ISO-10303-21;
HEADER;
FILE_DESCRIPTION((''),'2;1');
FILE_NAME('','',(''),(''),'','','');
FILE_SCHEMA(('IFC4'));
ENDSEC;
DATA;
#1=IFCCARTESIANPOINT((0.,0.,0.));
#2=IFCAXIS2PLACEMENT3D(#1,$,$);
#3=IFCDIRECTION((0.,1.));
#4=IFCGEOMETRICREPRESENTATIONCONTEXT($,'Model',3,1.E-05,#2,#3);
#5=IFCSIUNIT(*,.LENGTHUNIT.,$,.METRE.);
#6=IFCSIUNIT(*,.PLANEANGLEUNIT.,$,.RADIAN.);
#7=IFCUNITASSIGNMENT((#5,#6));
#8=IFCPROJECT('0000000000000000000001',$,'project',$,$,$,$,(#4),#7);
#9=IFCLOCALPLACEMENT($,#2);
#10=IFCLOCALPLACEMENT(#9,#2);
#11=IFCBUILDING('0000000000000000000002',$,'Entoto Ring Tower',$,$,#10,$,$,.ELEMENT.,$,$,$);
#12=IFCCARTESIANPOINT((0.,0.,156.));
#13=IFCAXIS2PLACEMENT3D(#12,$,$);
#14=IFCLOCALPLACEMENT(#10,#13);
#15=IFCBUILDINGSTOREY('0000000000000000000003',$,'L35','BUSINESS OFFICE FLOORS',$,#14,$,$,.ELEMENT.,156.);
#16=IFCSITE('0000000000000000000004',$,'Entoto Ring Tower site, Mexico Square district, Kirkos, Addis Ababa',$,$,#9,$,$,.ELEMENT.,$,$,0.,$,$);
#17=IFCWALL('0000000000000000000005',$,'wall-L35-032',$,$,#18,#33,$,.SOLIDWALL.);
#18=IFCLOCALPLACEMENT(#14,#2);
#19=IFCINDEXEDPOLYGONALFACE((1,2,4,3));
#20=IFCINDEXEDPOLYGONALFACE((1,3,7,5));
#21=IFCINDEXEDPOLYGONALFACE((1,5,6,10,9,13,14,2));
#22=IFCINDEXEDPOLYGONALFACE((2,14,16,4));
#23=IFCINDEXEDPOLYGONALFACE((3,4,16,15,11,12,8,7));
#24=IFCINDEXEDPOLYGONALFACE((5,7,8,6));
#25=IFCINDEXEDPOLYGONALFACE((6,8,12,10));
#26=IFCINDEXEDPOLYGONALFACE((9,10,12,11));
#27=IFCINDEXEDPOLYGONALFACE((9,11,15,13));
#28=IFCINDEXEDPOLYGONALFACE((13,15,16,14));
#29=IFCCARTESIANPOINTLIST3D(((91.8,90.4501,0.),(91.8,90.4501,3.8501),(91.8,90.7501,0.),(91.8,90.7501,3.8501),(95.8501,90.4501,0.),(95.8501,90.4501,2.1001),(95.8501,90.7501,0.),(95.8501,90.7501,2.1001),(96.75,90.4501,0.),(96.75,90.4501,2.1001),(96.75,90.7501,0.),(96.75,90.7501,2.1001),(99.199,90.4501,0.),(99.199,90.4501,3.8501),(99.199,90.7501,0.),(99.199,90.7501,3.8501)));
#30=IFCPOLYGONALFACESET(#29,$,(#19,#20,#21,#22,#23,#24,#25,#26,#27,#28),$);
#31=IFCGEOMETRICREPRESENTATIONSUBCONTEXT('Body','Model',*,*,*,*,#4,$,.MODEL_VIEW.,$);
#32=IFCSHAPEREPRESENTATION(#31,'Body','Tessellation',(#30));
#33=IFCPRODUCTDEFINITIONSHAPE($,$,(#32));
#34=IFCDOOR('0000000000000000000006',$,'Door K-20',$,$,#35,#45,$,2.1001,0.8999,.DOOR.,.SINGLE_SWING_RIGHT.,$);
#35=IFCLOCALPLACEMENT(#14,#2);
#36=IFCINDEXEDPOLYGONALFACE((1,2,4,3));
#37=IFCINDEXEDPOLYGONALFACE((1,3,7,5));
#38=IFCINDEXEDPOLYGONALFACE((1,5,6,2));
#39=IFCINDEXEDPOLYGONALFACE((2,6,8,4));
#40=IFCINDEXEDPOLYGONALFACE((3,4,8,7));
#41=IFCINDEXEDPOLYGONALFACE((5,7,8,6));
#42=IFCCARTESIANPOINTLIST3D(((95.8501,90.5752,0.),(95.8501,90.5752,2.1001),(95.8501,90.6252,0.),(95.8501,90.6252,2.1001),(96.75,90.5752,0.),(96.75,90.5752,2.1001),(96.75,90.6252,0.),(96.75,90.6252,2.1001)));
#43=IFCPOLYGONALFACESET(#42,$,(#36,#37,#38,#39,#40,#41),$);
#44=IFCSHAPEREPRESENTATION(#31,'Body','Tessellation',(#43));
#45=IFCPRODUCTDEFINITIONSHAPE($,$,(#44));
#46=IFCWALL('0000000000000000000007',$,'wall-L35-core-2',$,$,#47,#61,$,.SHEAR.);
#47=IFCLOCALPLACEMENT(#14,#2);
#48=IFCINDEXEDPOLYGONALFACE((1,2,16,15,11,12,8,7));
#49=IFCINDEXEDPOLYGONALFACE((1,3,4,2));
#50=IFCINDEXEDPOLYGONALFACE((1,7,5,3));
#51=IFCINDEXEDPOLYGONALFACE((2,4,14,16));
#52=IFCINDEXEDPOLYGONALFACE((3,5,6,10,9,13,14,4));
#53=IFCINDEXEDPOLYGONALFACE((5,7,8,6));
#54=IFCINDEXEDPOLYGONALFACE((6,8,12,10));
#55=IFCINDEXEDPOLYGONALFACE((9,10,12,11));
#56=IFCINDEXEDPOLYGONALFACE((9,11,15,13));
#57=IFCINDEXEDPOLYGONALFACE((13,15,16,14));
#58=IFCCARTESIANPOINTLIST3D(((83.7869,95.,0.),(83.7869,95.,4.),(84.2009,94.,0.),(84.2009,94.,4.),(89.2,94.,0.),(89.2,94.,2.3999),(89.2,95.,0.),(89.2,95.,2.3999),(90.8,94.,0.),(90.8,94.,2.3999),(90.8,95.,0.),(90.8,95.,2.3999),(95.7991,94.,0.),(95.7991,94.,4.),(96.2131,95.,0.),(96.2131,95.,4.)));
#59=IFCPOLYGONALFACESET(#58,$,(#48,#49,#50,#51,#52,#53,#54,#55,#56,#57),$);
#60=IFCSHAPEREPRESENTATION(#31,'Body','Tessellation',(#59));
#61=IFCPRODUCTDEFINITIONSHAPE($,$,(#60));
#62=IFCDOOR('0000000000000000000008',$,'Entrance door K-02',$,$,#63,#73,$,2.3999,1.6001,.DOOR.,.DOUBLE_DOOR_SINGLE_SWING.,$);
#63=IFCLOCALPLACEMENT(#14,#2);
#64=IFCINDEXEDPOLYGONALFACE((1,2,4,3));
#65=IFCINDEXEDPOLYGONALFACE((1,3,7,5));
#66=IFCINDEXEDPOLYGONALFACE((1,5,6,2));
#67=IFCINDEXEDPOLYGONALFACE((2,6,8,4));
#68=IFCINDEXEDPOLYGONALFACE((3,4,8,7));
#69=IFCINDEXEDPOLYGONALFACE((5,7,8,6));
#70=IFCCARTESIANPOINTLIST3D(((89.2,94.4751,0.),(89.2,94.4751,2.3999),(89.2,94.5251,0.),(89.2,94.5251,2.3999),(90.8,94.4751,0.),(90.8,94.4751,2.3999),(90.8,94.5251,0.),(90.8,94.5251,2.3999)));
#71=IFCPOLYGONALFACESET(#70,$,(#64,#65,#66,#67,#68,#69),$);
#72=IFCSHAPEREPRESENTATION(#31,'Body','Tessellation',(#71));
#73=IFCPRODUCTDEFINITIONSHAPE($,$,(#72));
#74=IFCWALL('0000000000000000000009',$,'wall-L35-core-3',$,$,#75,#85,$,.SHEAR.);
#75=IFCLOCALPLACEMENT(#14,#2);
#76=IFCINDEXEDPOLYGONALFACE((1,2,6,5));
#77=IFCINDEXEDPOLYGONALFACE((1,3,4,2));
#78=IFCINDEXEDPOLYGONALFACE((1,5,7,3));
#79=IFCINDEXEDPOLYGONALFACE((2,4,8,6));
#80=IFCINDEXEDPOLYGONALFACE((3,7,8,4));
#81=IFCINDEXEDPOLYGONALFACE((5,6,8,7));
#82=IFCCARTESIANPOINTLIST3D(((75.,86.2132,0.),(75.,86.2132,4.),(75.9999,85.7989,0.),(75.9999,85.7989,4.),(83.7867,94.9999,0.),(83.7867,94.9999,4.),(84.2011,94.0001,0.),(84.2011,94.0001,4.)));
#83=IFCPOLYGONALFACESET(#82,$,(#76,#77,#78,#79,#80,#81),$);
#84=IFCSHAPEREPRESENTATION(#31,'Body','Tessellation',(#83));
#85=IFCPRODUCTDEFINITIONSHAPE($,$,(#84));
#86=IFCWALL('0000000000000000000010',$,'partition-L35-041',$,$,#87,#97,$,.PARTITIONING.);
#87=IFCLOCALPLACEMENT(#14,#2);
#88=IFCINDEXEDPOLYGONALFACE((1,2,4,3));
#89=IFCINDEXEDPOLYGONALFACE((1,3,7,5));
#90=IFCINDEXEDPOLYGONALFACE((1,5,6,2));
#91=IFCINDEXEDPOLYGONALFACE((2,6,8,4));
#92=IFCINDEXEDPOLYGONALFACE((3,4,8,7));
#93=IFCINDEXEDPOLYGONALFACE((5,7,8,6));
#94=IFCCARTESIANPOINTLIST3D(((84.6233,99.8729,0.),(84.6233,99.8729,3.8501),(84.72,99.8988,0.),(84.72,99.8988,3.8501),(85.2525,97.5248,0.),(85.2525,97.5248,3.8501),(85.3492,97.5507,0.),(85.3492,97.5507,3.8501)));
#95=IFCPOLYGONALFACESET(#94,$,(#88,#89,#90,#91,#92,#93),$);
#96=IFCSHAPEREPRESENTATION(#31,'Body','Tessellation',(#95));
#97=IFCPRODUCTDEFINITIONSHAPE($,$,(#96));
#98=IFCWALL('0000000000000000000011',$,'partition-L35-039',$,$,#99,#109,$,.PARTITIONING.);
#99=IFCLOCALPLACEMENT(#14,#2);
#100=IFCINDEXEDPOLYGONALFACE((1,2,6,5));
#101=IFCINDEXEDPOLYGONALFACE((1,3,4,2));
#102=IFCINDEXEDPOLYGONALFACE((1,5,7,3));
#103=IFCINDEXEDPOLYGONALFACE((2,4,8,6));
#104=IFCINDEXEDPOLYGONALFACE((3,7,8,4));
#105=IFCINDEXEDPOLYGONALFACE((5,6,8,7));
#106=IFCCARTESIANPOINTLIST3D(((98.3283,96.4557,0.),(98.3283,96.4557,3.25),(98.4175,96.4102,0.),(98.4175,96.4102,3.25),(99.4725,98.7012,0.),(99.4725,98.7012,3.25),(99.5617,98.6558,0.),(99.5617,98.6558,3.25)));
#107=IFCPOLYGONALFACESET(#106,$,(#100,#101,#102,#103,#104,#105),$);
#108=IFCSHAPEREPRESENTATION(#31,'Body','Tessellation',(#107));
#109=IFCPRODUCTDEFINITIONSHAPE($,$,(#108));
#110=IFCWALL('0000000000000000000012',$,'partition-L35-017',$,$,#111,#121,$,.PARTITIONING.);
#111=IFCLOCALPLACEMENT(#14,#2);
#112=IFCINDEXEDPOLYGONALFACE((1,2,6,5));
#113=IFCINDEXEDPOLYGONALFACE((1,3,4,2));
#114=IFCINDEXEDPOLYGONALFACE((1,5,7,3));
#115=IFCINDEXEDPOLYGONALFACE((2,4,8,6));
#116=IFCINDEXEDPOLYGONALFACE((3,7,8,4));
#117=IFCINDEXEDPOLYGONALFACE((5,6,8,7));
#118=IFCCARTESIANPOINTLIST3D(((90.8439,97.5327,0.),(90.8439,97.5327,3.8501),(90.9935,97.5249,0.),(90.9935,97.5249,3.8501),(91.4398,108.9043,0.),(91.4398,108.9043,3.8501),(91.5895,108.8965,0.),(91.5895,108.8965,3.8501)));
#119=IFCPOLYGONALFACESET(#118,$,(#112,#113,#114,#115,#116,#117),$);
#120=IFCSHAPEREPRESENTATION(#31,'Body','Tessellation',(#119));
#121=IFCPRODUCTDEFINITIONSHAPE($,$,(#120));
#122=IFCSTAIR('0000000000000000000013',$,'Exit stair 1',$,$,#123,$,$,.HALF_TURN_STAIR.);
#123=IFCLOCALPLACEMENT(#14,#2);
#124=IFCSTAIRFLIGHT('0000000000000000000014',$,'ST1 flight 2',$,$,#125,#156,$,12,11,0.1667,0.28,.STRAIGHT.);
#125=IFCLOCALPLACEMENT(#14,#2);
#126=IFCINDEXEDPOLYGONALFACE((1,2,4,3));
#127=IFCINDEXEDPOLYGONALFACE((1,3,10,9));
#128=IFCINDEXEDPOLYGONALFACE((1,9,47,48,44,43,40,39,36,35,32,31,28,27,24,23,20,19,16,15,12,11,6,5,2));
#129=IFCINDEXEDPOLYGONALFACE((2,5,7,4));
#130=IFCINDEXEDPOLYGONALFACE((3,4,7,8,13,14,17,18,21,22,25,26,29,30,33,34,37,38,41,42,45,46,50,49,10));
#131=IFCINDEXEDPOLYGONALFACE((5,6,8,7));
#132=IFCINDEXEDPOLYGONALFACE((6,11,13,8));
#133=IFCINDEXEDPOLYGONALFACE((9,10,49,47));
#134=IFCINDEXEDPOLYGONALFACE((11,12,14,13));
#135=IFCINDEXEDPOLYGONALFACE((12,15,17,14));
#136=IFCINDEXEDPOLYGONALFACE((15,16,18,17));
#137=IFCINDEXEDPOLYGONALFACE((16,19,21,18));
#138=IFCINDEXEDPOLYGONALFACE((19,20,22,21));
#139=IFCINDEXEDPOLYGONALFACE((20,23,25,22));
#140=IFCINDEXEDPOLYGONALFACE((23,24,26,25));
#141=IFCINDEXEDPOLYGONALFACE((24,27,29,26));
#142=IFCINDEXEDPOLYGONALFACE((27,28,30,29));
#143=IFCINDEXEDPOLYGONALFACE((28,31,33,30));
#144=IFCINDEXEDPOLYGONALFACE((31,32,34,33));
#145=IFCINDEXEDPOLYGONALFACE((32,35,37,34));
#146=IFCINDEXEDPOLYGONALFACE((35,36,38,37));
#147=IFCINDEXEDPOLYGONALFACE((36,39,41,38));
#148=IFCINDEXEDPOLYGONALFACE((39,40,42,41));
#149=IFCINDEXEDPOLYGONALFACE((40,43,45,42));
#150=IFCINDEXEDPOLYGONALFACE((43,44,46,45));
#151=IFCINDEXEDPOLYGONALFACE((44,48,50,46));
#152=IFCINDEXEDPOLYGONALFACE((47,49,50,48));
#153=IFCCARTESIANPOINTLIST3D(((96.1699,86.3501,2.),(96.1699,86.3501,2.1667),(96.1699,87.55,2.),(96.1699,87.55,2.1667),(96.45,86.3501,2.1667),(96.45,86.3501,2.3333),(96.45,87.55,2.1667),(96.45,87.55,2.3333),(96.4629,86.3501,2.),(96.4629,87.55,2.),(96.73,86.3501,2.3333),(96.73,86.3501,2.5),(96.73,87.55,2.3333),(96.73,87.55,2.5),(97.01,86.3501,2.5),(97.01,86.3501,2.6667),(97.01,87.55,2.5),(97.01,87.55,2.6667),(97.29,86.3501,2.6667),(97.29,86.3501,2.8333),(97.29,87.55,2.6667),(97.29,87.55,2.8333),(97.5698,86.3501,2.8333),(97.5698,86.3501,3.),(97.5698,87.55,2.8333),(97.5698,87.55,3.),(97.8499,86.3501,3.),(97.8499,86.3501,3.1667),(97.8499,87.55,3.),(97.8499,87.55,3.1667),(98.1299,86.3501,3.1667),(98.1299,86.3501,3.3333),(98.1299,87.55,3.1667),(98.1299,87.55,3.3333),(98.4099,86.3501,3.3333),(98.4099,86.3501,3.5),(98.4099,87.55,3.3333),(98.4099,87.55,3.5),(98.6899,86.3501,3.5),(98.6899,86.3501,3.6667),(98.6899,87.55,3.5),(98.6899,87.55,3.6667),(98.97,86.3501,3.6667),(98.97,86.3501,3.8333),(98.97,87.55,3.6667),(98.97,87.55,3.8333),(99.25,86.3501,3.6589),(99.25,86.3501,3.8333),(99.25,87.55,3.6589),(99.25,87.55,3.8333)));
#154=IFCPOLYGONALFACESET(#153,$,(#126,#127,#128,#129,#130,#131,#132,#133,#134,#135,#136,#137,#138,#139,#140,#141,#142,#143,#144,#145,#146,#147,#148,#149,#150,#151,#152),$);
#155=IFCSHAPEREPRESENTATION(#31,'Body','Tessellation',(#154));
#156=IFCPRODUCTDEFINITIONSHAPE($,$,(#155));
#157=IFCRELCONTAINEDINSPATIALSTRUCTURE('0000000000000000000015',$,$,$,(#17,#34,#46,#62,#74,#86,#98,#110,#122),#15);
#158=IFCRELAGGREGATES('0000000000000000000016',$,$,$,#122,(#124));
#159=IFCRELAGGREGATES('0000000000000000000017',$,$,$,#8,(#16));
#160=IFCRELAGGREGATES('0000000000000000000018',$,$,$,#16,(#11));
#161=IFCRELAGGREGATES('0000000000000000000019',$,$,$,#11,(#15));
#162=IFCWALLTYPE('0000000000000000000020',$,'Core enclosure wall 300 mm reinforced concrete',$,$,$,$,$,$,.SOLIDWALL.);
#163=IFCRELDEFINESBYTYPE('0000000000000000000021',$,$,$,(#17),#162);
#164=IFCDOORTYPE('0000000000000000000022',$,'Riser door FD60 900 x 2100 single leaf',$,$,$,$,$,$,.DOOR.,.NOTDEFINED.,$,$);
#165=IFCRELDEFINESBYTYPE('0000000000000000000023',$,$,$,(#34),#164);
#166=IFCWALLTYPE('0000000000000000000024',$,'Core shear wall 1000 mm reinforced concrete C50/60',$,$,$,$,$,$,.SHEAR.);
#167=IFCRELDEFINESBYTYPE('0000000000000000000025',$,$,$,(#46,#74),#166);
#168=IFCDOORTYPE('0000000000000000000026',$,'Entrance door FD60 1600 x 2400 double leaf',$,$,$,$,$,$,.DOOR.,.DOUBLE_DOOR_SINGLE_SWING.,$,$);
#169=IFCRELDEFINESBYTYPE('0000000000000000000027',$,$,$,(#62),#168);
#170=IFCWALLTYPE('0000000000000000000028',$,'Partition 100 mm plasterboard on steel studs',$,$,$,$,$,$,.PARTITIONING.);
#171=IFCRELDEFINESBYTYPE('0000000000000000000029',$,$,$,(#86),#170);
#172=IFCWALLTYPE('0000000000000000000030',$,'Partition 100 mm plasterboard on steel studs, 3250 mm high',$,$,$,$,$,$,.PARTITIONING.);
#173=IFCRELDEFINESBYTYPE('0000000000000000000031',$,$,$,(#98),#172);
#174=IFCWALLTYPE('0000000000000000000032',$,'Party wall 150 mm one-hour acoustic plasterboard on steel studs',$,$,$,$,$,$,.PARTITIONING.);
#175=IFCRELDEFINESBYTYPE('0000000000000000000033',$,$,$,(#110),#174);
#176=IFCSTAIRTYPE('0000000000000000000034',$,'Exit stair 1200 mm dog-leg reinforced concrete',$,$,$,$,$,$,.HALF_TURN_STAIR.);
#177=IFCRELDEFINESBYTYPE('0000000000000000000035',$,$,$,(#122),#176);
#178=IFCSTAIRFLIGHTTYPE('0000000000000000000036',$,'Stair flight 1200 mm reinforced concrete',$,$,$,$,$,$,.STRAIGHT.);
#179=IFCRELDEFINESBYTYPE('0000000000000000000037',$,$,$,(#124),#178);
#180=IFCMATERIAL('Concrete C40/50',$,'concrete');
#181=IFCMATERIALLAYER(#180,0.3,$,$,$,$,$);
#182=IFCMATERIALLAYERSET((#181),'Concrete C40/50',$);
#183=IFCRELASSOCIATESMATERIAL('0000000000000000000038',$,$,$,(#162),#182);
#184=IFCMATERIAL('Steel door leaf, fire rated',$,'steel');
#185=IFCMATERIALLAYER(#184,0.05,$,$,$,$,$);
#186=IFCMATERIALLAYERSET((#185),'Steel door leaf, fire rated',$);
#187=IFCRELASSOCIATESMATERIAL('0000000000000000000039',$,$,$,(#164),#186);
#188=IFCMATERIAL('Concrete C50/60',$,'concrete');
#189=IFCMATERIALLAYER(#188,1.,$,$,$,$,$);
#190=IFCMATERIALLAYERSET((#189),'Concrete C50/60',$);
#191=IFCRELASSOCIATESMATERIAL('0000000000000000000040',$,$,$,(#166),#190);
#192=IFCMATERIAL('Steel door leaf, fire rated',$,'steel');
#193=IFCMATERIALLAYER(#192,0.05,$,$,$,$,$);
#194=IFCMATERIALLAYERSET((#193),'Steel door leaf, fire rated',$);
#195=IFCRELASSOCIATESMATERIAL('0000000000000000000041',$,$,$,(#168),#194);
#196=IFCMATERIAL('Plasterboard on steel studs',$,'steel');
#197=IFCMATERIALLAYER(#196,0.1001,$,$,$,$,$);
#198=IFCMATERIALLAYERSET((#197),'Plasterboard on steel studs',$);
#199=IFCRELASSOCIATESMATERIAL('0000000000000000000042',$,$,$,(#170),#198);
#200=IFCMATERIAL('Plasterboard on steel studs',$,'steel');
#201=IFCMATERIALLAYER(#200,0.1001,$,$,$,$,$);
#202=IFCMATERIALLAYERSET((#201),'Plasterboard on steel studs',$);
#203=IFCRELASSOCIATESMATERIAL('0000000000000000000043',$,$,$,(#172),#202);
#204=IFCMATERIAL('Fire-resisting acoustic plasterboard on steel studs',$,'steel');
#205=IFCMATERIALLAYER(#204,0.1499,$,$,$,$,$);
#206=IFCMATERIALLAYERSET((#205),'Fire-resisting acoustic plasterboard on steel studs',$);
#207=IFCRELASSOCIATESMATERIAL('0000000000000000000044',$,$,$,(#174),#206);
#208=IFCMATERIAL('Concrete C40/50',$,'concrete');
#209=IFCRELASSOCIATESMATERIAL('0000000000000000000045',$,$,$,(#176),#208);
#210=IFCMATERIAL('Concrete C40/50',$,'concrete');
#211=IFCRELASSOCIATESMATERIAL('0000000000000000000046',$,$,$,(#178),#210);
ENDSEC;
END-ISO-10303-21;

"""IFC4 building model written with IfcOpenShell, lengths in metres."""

from ifc_helpers import new_model, si_unit, direction, frame, frame_2d, origin, place, context, subcontext, project, spatial, polyline, rectangle, outline, extrude, material, layer, layer_set, type_object, element, fill, aggregate, save


model = new_model("IFC4")

# Units and contexts
model_context = context("Model", 3, precision=1e-05, world=origin(), true_north=direction((0.0, 1.0)))
body_context = subcontext(model_context, "Body", "Model", "MODEL_VIEW")
ifc_project = project(units=[si_unit("LENGTHUNIT", "METRE"), si_unit("PLANEANGLEUNIT", "RADIAN")], contexts=[model_context])

# Site, building, storey
site_placement = place(None, origin())
site = spatial("IfcSite", under=ifc_project, at=site_placement, Name="Entoto Ring Tower site, Mexico Square district, Kirkos, Addis Ababa", CompositionType="ELEMENT", RefElevation=0.0)
building_placement = place(site_placement, origin())
building = spatial("IfcBuilding", under=site, at=building_placement, Name="Entoto Ring Tower", CompositionType="ELEMENT")
storey_placement = place(building_placement, frame((0.0, 0.0, 156.0)))
storey = spatial("IfcBuildingStorey", under=building, at=storey_placement, Name="L35", Description="BUSINESS OFFICE FLOORS", CompositionType="ELEMENT", Elevation=156.0)

# Shared definitions
ifc_material_1 = material(Name="Concrete C40/50", Category="concrete")
ifc_layer_1 = layer(ifc_material_1, 0.3)
ifc_layer_set_1 = layer_set([ifc_layer_1], Name="Concrete C40/50")
wall_type_1 = type_object("IfcWallType", Name="Core enclosure wall 300 mm reinforced concrete", PredefinedType="SOLIDWALL", material=ifc_layer_set_1)

# Walls, openings, doors
wall_1_placement = place(storey_placement, frame((91.8, 90.6001, 0.0), z_axis=(0.0, 0.0, 1.0), x_axis=(1.0, 0.0, 0.0)))
wall_1 = element("IfcWall", 1, at=wall_1_placement, inside=storey, type_object=wall_type_1, Name="wall-L35-032", PredefinedType="SOLIDWALL", context=body_context, shape_type="SweptSolid", body=[
    extrude(rectangle(XDim=7.3989, YDim=0.3, at=frame_2d((3.6995, 0.0))), origin(), (0.0, 0.0, 1.0), 3.8501),
])
opening_1_placement = place(wall_1_placement, frame((4.05, 0.0, 0.0)))
opening_1 = element("IfcOpeningElement", 2, at=opening_1_placement, cuts=wall_1, PredefinedType="OPENING", context=body_context, shape_type="SweptSolid", body=[
    extrude(rectangle(XDim=0.8999, YDim=2.1001, at=frame_2d((0.45, 1.05))), frame((0.0, 0.1602, 0.0), z_axis=(0.0, -1.0, 0.0), x_axis=(1.0, 0.0, 0.0)), (0.0, 0.0, 1.0), 0.3201),
])
ifc_material_2 = material(Name="Steel door leaf, fire rated", Category="steel")
ifc_layer_2 = layer(ifc_material_2, 0.05)
ifc_layer_set_2 = layer_set([ifc_layer_2], Name="Steel door leaf, fire rated")
door_type_1 = type_object("IfcDoorType", Name="Riser door FD60 900 x 2100 single leaf", OperationType="NOTDEFINED", PredefinedType="DOOR", material=ifc_layer_set_2)
door_1_placement = place(opening_1_placement, frame((0.8999, 0.0, 0.0), z_axis=(0.0, 0.0, 1.0), x_axis=(-1.0, 0.0, 0.0)))
door_1 = element("IfcDoor", 3, at=door_1_placement, inside=storey, type_object=door_type_1, Name="Door K-20", OperationType="SINGLE_SWING_RIGHT", OverallHeight=2.1001, OverallWidth=0.8999, PredefinedType="DOOR", context=body_context, shape_type="SweptSolid", body=[
    extrude(rectangle(XDim=0.8999, YDim=2.1001, at=frame_2d((0.45, 1.05))), frame((0.0, 0.0249, 0.0), z_axis=(0.0, -1.0, 0.0), x_axis=(1.0, 0.0, 0.0)), (0.0, 0.0, 1.0), 0.05),
])
fill(opening_1, door_1)
ifc_material_3 = material(Name="Concrete C50/60", Category="concrete")
ifc_layer_3 = layer(ifc_material_3, 1.0)
ifc_layer_set_3 = layer_set([ifc_layer_3], Name="Concrete C50/60")
wall_type_2 = type_object("IfcWallType", Name="Core shear wall 1000 mm reinforced concrete C50/60", PredefinedType="SHEAR", material=ifc_layer_set_3)
wall_2_placement = place(storey_placement, frame((96.0061, 94.5, 0.0), z_axis=(0.0, 0.0, 1.0), x_axis=(-1.0, 0.0, 0.0)))
wall_2 = element("IfcWall", 4, at=wall_2_placement, inside=storey, type_object=wall_type_2, Name="wall-L35-core-2", PredefinedType="SHEAR", context=body_context, shape_type="SweptSolid", body=[
    extrude(outline(polyline([(-0.207, -0.5), (12.2192, -0.5), (11.8052, 0.5), (0.207, 0.5), (-0.207, -0.5)])), origin(), (0.0, 0.0, 1.0), 4.0),
])
opening_2_placement = place(wall_2_placement, frame((5.2061, 0.0, 0.0)))
opening_2 = element("IfcOpeningElement", 5, at=opening_2_placement, cuts=wall_2, PredefinedType="OPENING", context=body_context, shape_type="SweptSolid", body=[
    extrude(rectangle(XDim=1.6001, YDim=2.3999, at=frame_2d((0.8, 1.2))), frame((0.0, 0.51, 0.0), z_axis=(0.0, -1.0, 0.0), x_axis=(1.0, 0.0, 0.0)), (0.0, 0.0, 1.0), 1.02),
])
ifc_material_4 = material(Name="Steel door leaf, fire rated", Category="steel")
ifc_layer_4 = layer(ifc_material_4, 0.05)
ifc_layer_set_4 = layer_set([ifc_layer_4], Name="Steel door leaf, fire rated")
door_type_2 = type_object("IfcDoorType", Name="Entrance door FD60 1600 x 2400 double leaf", OperationType="DOUBLE_DOOR_SINGLE_SWING", PredefinedType="DOOR", material=ifc_layer_set_4)
door_2_placement = place(opening_2_placement, origin())
door_2 = element("IfcDoor", 6, at=door_2_placement, inside=storey, type_object=door_type_2, Name="Entrance door K-02", OperationType="DOUBLE_DOOR_SINGLE_SWING", OverallHeight=2.3999, OverallWidth=1.6001, PredefinedType="DOOR", context=body_context, shape_type="SweptSolid", body=[
    extrude(rectangle(XDim=1.6001, YDim=2.3999, at=frame_2d((0.8, 1.2))), frame((0.0, 0.0249, 0.0), z_axis=(0.0, -1.0, 0.0), x_axis=(1.0, 0.0, 0.0)), (0.0, 0.0, 1.0), 0.05),
])
fill(opening_2, door_2)

# Walls
wall_3_placement = place(storey_placement, frame((83.9939, 94.5, 0.0), z_axis=(0.0, 0.0, 1.0), x_axis=(-0.707107, -0.707107, 0.0)))
element("IfcWall", 7, at=wall_3_placement, inside=storey, type_object=wall_type_2, Name="wall-L35-core-3", PredefinedType="SHEAR", context=body_context, shape_type="SweptSolid", body=[
    extrude(outline(polyline([(-0.207, -0.5), (12.2192, -0.5), (11.8052, 0.5), (0.207, 0.5), (-0.207, -0.5)])), origin(), (0.0, 0.0, 1.0), 4.0),
])
ifc_material_5 = material(Name="Plasterboard on steel studs", Category="steel")
ifc_layer_5 = layer(ifc_material_5, 0.1001)
ifc_layer_set_5 = layer_set([ifc_layer_5], Name="Plasterboard on steel studs")
wall_type_3 = type_object("IfcWallType", Name="Partition 100 mm plasterboard on steel studs", PredefinedType="PARTITIONING", material=ifc_layer_set_5)
wall_4_placement = place(storey_placement, frame((85.3008, 97.5378, 0.0), z_axis=(0.0, 0.0, 1.0), x_axis=(-0.258806, 0.965929, 0.0)))
element("IfcWall", 8, at=wall_4_placement, inside=storey, type_object=wall_type_3, Name="partition-L35-041", PredefinedType="PARTITIONING", context=body_context, shape_type="SweptSolid", body=[
    extrude(rectangle(XDim=2.4309, YDim=0.1001, at=frame_2d((1.2153, 0.0))), origin(), (0.0, 0.0, 1.0), 3.8501),
])
ifc_material_6 = material(Name="Plasterboard on steel studs", Category="steel")
ifc_layer_6 = layer(ifc_material_6, 0.1001)
ifc_layer_set_6 = layer_set([ifc_layer_6], Name="Plasterboard on steel studs")
wall_type_4 = type_object("IfcWallType", Name="Partition 100 mm plasterboard on steel studs, 3250 mm high", PredefinedType="PARTITIONING", material=ifc_layer_set_6)
wall_5_placement = place(storey_placement, frame((98.3728, 96.4329, 0.0), z_axis=(0.0, 0.0, 1.0), x_axis=(0.45402, 0.890991, 0.0)))
element("IfcWall", 9, at=wall_5_placement, inside=storey, type_object=wall_type_4, Name="partition-L35-039", PredefinedType="PARTITIONING", context=body_context, shape_type="SweptSolid", body=[
    extrude(rectangle(XDim=2.5203, YDim=0.1001, at=frame_2d((1.2603, 0.0))), origin(), (0.0, 0.0, 1.0), 3.25),
])
ifc_material_7 = material(Name="Fire-resisting acoustic plasterboard on steel studs", Category="steel")
ifc_layer_7 = layer(ifc_material_7, 0.1499)
ifc_layer_set_7 = layer_set([ifc_layer_7], Name="Fire-resisting acoustic plasterboard on steel studs")
wall_type_5 = type_object("IfcWallType", Name="Party wall 150 mm one-hour acoustic plasterboard on steel studs", PredefinedType="PARTITIONING", material=ifc_layer_set_7)
wall_6_placement = place(storey_placement, frame((90.9187, 97.5288, 0.0), z_axis=(0.0, 0.0, 1.0), x_axis=(0.052335, 0.99863, 0.0)))
element("IfcWall", 10, at=wall_6_placement, inside=storey, type_object=wall_type_5, Name="partition-L35-017", PredefinedType="PARTITIONING", context=body_context, shape_type="SweptSolid", body=[
    extrude(rectangle(XDim=11.3872, YDim=0.1499, at=frame_2d((5.6936, 0.0))), origin(), (0.0, 0.0, 1.0), 3.8501),
])

# Stair, stair flight
ifc_material_8 = material(Name="Concrete C40/50", Category="concrete")
stair_type = type_object("IfcStairType", Name="Exit stair 1200 mm dog-leg reinforced concrete", PredefinedType="HALF_TURN_STAIR", material=ifc_material_8)
stair_placement = place(storey_placement, origin())
stair = element("IfcStair", 11, at=stair_placement, inside=storey, type_object=stair_type, Name="Exit stair 1", PredefinedType="HALF_TURN_STAIR")
ifc_material_9 = material(Name="Concrete C40/50", Category="concrete")
stair_flight_type = type_object("IfcStairFlightType", Name="Stair flight 1200 mm reinforced concrete", PredefinedType="STRAIGHT", material=ifc_material_9)
stair_flight_placement = place(storey_placement, frame((96.1699, 86.95, 2.0), z_axis=(0.0, 0.0, 1.0), x_axis=(1.0, 0.0, 0.0)))
stair_flight = element("IfcStairFlight", 12, at=stair_flight_placement, type_object=stair_flight_type, Name="ST1 flight 2", NumberOfRisers=12, NumberOfTreads=11, PredefinedType="STRAIGHT", RiserHeight=0.1667, TreadLength=0.28, context=body_context, shape_type="SweptSolid", body=[
    extrude(outline(polyline([(0.0, 0.0), (0.0, 0.1667), (0.28, 0.1667), (0.28, 0.3333), (0.5601, 0.3333), (0.5601, 0.5), (0.8401, 0.5), (0.8401, 0.6667), (1.1201, 0.6667), (1.1201, 0.8333), (1.3999, 0.8333), (1.3999, 1.0), (1.6799, 1.0), (1.6799, 1.1667), (1.96, 1.1667), (1.96, 1.3333), (2.24, 1.3333), (2.24, 1.5), (2.52, 1.5), (2.52, 1.6667), (2.8, 1.6667), (2.8, 1.8333), (3.0801, 1.8333), (3.0801, 2.0), (3.0801, 1.6589), (0.293, 0.0), (0.0, 0.0)])), frame((0.0, 0.6001, 0.0), z_axis=(0.0, -1.0, 0.0), x_axis=(1.0, 0.0, 0.0)), (0.0, 0.0, 1.0), 1.2),
])
aggregate(stair, [stair_flight])

save(model, "model.ifc")
